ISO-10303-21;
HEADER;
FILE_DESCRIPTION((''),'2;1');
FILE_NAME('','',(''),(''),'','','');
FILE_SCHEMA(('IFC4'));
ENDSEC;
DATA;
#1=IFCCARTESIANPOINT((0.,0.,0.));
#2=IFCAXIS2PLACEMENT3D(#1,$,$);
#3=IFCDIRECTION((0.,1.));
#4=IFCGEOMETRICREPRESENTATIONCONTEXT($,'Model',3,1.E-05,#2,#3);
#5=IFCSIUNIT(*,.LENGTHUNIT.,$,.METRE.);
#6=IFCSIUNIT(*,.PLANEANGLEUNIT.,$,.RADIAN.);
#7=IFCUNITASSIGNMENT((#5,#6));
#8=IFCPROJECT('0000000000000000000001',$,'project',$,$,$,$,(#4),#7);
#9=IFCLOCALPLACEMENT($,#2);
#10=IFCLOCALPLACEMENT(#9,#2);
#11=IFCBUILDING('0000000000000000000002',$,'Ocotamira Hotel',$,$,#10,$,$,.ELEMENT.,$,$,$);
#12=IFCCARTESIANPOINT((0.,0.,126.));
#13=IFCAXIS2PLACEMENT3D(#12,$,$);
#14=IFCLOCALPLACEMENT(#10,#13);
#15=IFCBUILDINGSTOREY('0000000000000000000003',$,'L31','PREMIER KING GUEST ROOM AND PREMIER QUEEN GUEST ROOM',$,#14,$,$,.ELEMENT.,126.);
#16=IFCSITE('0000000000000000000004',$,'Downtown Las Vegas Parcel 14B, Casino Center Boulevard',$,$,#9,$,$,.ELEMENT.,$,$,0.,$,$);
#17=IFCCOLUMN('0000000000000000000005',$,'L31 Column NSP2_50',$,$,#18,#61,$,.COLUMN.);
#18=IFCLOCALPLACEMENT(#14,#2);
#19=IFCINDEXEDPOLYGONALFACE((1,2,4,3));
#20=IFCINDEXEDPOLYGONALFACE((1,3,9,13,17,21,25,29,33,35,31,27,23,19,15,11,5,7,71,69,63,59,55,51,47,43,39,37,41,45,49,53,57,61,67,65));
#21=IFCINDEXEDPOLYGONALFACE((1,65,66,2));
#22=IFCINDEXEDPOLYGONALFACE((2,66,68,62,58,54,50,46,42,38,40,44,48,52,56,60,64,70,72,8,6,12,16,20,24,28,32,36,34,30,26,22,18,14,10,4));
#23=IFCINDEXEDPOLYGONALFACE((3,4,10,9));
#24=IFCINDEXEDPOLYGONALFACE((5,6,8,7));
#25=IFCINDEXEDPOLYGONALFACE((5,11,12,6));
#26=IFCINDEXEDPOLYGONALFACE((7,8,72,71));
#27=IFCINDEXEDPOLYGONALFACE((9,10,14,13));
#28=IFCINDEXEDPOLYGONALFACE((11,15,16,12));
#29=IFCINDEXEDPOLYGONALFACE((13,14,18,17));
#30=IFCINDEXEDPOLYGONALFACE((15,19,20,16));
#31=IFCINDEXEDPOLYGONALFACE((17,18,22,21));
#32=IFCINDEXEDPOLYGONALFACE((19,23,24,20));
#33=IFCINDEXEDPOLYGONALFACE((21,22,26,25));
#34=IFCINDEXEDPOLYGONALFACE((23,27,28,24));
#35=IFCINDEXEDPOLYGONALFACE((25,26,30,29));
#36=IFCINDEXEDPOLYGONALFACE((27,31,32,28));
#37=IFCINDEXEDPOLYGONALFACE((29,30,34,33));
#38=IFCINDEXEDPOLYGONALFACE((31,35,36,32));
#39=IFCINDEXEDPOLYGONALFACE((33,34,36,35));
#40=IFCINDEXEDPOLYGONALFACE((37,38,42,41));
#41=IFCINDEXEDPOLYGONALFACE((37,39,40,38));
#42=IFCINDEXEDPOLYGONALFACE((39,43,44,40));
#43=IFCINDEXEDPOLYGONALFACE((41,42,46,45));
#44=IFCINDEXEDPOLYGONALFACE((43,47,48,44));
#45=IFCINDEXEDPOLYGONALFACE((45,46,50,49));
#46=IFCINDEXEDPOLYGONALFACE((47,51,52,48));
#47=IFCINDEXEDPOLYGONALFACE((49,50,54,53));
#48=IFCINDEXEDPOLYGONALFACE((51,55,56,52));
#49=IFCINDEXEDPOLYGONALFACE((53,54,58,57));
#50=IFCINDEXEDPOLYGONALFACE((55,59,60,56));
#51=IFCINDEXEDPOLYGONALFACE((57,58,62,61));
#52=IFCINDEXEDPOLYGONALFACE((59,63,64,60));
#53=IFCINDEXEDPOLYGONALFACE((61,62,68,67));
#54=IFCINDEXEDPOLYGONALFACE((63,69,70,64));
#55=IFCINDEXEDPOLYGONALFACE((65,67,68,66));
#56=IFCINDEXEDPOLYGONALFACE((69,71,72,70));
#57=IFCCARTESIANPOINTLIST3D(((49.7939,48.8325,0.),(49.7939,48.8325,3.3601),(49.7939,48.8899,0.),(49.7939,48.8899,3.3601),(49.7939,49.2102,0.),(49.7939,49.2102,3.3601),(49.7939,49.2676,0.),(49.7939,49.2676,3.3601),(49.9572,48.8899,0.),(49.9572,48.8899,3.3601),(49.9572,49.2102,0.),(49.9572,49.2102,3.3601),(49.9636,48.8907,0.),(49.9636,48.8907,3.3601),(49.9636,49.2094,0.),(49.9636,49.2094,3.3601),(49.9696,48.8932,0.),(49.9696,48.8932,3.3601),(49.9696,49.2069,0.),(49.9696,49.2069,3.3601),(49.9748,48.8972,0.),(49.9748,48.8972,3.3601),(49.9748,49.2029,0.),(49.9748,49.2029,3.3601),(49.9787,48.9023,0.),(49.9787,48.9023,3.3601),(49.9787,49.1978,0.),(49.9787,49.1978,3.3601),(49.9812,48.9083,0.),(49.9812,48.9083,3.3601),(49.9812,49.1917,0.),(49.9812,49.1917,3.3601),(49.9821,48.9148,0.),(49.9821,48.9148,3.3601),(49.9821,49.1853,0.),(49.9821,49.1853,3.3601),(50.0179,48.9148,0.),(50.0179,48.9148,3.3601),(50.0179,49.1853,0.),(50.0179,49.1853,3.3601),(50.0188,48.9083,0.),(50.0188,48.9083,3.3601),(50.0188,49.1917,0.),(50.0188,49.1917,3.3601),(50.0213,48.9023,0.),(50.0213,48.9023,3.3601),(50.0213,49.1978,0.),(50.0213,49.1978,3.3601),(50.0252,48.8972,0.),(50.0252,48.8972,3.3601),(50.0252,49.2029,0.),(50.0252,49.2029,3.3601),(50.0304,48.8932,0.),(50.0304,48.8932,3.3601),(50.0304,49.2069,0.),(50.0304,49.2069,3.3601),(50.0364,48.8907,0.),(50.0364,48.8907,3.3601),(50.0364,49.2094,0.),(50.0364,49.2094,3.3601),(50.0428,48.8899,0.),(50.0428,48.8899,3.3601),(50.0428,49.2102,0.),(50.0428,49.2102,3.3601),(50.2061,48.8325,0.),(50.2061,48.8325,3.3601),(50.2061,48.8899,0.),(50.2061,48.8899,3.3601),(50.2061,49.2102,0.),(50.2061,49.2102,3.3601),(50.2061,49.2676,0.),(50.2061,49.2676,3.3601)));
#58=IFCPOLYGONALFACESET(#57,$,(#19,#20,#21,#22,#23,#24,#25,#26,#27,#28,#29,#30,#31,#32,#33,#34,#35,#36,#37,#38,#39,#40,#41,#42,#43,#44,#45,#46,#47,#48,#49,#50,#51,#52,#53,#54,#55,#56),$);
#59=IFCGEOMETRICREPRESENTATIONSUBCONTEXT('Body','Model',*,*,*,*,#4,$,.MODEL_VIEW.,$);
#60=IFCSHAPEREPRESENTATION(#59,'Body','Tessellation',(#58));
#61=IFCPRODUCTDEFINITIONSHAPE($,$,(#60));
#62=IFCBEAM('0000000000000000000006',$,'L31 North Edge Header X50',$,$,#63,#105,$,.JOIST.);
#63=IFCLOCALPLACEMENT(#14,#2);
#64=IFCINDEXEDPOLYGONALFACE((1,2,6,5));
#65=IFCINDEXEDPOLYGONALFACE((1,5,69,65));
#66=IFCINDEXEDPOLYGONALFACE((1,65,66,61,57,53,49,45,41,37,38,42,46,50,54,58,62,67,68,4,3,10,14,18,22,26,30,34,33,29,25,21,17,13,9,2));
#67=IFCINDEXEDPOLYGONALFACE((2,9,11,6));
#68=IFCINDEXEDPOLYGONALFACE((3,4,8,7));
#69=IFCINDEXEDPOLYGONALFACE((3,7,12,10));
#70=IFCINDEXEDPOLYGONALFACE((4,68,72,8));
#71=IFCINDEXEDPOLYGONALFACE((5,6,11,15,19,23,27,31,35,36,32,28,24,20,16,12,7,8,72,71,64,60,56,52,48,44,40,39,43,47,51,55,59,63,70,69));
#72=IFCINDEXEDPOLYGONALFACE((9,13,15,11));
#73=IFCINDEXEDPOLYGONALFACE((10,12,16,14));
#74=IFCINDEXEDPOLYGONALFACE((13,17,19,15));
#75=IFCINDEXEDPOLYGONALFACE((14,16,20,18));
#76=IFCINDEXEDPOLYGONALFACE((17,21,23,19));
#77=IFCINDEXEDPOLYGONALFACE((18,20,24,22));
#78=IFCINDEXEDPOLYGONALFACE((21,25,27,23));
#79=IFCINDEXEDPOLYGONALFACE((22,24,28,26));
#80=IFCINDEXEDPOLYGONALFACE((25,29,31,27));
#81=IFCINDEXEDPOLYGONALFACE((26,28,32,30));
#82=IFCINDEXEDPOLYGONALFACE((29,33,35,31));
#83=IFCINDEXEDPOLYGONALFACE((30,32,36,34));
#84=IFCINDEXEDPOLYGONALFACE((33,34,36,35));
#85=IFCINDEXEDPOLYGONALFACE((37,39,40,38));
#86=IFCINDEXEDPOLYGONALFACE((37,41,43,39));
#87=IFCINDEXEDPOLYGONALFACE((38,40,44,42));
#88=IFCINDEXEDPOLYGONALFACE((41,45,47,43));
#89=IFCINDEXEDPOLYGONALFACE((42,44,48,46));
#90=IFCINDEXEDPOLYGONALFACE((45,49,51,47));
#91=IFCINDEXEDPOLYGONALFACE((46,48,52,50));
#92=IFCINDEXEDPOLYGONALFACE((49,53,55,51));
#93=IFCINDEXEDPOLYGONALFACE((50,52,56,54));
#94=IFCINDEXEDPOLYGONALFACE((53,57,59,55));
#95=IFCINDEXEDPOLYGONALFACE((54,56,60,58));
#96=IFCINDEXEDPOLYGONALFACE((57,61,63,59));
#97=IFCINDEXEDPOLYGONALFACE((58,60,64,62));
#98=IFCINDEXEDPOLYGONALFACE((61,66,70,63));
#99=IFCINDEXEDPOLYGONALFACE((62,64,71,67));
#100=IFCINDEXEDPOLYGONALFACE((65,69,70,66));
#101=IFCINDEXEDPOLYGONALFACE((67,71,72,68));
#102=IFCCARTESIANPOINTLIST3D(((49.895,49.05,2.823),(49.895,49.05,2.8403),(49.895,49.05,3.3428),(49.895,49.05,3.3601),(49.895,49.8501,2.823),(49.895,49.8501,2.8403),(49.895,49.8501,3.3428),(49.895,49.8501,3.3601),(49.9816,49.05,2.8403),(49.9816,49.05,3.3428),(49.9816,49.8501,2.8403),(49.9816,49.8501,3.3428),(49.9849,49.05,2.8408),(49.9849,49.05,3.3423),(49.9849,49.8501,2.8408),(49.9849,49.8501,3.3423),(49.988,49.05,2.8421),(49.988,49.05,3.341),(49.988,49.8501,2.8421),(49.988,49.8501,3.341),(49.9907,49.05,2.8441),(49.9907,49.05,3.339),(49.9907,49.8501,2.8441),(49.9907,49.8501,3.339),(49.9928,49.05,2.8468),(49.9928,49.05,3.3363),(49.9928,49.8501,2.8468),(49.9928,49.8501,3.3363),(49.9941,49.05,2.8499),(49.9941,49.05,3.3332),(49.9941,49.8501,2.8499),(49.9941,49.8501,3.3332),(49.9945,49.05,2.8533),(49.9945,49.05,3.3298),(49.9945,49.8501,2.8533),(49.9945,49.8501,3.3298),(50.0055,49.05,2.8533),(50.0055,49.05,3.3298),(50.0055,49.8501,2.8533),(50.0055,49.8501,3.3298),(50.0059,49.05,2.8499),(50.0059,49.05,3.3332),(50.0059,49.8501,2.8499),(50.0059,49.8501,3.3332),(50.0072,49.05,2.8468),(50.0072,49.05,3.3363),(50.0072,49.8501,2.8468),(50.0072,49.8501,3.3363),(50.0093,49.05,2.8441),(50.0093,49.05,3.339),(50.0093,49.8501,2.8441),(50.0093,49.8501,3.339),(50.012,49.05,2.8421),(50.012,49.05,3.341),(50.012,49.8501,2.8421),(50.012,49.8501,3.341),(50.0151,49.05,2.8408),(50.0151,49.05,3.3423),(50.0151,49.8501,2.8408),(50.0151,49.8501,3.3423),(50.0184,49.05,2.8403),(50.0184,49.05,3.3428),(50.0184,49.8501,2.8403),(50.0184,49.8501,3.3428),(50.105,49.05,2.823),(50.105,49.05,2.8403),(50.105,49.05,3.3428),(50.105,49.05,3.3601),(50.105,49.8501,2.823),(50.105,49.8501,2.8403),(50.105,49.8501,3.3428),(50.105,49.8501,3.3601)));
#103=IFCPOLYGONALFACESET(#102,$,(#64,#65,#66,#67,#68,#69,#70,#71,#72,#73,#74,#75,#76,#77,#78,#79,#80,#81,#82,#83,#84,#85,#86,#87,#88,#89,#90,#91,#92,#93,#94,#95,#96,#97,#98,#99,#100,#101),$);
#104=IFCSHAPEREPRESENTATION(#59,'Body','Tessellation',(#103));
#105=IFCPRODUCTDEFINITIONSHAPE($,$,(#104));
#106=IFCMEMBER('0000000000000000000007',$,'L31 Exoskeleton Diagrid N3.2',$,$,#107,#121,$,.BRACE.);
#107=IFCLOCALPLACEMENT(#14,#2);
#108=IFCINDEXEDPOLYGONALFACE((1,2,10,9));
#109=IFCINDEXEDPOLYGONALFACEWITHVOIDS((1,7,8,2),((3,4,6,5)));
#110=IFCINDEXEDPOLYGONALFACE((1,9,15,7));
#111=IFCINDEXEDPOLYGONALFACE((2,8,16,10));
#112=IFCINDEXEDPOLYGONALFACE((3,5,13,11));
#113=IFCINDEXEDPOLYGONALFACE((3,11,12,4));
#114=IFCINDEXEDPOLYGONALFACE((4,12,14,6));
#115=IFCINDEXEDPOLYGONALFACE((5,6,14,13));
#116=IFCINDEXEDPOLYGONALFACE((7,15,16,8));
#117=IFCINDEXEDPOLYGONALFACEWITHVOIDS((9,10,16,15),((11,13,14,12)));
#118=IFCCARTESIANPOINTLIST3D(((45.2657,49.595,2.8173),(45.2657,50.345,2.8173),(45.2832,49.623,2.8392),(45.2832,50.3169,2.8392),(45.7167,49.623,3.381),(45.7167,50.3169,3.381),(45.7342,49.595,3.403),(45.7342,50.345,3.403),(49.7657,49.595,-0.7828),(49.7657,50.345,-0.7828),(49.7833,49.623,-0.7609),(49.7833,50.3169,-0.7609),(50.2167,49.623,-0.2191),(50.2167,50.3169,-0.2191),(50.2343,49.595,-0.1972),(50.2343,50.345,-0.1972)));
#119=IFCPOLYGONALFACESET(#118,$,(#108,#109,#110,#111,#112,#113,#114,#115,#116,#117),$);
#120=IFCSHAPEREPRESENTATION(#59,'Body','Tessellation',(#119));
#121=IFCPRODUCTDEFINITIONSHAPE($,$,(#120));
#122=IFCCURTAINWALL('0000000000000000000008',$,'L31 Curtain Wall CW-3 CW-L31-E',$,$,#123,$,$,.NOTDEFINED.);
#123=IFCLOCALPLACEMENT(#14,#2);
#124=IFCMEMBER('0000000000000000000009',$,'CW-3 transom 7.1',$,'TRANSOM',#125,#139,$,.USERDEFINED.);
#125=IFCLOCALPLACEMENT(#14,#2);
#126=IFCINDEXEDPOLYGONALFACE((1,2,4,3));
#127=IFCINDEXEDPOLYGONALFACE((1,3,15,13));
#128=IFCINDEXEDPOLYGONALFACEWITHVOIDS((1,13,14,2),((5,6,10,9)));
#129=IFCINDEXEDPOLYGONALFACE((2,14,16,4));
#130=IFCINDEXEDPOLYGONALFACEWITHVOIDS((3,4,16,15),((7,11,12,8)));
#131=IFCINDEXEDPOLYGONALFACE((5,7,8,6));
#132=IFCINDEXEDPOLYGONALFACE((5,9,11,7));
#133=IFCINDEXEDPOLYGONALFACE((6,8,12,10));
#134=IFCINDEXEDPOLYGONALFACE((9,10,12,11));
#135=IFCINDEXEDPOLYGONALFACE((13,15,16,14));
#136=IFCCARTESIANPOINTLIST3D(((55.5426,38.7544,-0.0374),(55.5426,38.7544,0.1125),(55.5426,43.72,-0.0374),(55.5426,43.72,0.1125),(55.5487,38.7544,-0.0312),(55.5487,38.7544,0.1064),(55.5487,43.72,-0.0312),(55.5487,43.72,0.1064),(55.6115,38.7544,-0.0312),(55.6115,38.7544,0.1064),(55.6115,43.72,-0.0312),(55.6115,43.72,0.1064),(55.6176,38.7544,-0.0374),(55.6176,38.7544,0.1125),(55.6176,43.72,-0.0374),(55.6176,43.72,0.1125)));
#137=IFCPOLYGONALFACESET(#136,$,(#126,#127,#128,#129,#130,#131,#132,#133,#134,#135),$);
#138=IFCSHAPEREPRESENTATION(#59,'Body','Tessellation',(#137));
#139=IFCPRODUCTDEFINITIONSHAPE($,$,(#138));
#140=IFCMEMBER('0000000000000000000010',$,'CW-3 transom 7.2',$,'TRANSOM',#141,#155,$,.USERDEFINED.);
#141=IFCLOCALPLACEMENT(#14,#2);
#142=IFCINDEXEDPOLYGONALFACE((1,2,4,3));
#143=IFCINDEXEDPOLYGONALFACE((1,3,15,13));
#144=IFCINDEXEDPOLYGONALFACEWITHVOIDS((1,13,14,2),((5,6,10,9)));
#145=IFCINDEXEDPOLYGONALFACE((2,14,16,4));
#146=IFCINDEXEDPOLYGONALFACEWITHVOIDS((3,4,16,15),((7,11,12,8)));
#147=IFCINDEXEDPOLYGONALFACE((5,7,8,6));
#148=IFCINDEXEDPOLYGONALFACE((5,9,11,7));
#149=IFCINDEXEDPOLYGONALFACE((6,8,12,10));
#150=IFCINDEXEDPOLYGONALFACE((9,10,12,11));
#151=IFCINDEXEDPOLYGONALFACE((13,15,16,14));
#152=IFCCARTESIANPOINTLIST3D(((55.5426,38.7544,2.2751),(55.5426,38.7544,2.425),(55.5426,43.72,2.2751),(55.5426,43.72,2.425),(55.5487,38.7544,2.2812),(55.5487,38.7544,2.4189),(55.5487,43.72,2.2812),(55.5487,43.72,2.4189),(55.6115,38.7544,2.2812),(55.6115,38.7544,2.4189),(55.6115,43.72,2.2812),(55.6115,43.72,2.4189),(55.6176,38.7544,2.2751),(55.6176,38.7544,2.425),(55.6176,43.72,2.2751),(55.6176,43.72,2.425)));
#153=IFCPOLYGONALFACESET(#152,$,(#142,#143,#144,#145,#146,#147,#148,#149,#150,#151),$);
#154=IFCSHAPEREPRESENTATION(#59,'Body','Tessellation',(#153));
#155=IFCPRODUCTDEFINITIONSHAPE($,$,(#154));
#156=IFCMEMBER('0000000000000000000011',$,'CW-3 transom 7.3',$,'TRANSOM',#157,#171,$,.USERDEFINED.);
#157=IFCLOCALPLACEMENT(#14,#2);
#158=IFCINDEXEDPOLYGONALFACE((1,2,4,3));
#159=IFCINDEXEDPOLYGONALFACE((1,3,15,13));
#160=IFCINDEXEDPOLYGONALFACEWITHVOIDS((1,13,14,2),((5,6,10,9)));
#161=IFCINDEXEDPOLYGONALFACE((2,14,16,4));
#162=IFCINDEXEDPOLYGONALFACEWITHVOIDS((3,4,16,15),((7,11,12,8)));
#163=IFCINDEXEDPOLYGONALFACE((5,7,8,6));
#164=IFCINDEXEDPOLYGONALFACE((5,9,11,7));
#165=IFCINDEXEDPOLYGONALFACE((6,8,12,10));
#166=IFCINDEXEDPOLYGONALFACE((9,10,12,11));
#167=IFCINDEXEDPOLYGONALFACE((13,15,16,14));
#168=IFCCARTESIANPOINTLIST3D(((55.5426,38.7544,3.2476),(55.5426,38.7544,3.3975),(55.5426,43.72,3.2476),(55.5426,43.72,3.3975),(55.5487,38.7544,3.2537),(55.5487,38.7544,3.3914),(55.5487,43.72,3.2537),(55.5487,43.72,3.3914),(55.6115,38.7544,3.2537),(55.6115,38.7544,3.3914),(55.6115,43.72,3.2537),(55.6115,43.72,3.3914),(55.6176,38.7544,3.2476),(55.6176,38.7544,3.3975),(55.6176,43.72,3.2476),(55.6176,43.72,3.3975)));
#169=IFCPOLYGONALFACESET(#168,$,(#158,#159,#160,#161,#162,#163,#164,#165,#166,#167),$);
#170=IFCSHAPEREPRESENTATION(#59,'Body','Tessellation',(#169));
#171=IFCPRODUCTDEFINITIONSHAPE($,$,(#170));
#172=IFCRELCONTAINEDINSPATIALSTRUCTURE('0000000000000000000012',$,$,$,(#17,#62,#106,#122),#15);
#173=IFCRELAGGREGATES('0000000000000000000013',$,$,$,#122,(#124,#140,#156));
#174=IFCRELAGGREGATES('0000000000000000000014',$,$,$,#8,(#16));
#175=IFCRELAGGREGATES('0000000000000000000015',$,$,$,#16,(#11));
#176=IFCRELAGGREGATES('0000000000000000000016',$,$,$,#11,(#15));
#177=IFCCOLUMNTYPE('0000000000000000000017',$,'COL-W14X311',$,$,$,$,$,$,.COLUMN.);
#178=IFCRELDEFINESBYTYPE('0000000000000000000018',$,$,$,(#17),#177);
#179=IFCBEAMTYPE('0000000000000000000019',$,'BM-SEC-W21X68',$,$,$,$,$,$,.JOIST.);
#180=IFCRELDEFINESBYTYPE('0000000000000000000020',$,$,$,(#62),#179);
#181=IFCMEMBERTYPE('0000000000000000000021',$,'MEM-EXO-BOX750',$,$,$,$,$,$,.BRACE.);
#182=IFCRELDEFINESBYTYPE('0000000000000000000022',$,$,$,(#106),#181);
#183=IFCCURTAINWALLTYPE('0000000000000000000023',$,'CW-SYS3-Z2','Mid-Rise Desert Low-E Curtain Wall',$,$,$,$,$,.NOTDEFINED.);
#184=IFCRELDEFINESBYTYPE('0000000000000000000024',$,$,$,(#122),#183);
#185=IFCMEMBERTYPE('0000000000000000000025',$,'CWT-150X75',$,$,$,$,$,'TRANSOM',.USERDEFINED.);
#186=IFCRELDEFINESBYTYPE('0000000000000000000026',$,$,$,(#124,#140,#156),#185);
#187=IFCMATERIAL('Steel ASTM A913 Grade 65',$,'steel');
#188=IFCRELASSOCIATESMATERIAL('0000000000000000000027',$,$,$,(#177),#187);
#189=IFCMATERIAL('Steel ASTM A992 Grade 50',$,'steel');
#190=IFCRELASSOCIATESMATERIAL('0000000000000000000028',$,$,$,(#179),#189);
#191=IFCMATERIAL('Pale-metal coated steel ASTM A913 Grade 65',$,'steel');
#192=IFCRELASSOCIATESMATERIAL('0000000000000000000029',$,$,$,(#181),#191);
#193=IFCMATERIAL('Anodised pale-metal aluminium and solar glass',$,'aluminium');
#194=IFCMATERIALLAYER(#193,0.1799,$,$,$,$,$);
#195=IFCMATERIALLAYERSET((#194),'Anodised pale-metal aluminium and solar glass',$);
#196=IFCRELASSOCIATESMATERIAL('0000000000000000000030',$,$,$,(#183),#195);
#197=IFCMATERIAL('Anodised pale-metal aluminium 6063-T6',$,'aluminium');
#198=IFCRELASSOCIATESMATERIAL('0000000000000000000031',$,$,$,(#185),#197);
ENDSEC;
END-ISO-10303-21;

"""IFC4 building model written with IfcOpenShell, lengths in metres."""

from ifc_helpers import new_model, si_unit, direction, frame, origin, origin_2d, place, context, subcontext, project, spatial, hollow_rectangle, i_section, extrude, source, transform, mapped, material, layer, layer_set, material_profile, profile_set, type_object, element, aggregate, save


model = new_model("IFC4")

# Units and contexts
model_context = context("Model", 3, precision=1e-05, world=origin(), true_north=direction((0.0, 1.0)))
body_context = subcontext(model_context, "Body", "Model", "MODEL_VIEW")
ifc_project = project(units=[si_unit("LENGTHUNIT", "METRE"), si_unit("PLANEANGLEUNIT", "RADIAN")], contexts=[model_context])

# Site, building, storey
site_placement = place(None, origin())
site = spatial("IfcSite", under=ifc_project, at=site_placement, Name="Downtown Las Vegas Parcel 14B, Casino Center Boulevard", CompositionType="ELEMENT", RefElevation=0.0)
building_placement = place(site_placement, origin())
building = spatial("IfcBuilding", under=site, at=building_placement, Name="Ocotamira Hotel", CompositionType="ELEMENT")
storey_placement = place(building_placement, frame((0.0, 0.0, 126.0)))
storey = spatial("IfcBuildingStorey", under=building, at=storey_placement, Name="L31", Description="PREMIER KING GUEST ROOM AND PREMIER QUEEN GUEST ROOM", CompositionType="ELEMENT", Elevation=126.0)

# Column
ifc_material_1 = material(Name="Steel ASTM A913 Grade 65", Category="steel")
ifc_material_profile_1 = material_profile(ifc_material_1, i_section(OverallWidth=0.4121, OverallDepth=0.4351, WebThickness=0.0359, FlangeThickness=0.0574, FilletRadius=0.0249, at=origin_2d()), Name="W14X311")
ifc_profile_set_1 = profile_set([ifc_material_profile_1], Name="Steel ASTM A913 Grade 65")
column_type = type_object("IfcColumnType", Name="COL-W14X311", PredefinedType="COLUMN", material=ifc_profile_set_1)
shared_shape_1 = source(origin(), body_context, "Body", "SweptSolid", [
    extrude(i_section(OverallWidth=0.4121, OverallDepth=0.4351, WebThickness=0.0359, FlangeThickness=0.0574, FilletRadius=0.0249, at=origin_2d()), origin(), (0.0, 0.0, 1.0), 3.3601),
])
column_placement = place(storey_placement, frame((50.0, 49.05, 0.0), z_axis=(0.0, 0.0, 1.0), x_axis=(1.0, 0.0, 0.0)))
element("IfcColumn", 1, at=column_placement, inside=storey, type_object=column_type, Name="L31 Column NSP2_50", PredefinedType="COLUMN", context=body_context, shape_type="MappedRepresentation", body=[
    mapped(shared_shape_1, transform((0.0, 0.0, 0.0), scale=1.0)),
])

# Beam
ifc_material_2 = material(Name="Steel ASTM A992 Grade 50", Category="steel")
ifc_material_profile_2 = material_profile(ifc_material_2, i_section(OverallWidth=0.21, OverallDepth=0.5371, WebThickness=0.011, FlangeThickness=0.0173, FilletRadius=0.0129, at=origin_2d()), Name="W21X68")
ifc_profile_set_2 = profile_set([ifc_material_profile_2], Name="Steel ASTM A992 Grade 50")
beam_type = type_object("IfcBeamType", Name="BM-SEC-W21X68", PredefinedType="JOIST", material=ifc_profile_set_2)
shared_shape_2 = source(origin(), body_context, "Body", "SweptSolid", [
    extrude(i_section(OverallWidth=0.21, OverallDepth=0.5371, WebThickness=0.011, FlangeThickness=0.0173, FilletRadius=0.0129, at=origin_2d()), origin(), (0.0, 0.0, 1.0), 0.8),
])
beam_placement = place(storey_placement, frame((50.0, 49.05, 3.0916), z_axis=(0.0, 1.0, 0.0), x_axis=(-1.0, 0.0, 0.0)))
element("IfcBeam", 2, at=beam_placement, inside=storey, type_object=beam_type, Name="L31 North Edge Header X50", PredefinedType="JOIST", context=body_context, shape_type="MappedRepresentation", body=[
    mapped(shared_shape_2, transform((0.0, 0.0, 0.0), scale=1.0)),
])

# Member
ifc_material_3 = material(Name="Pale-metal coated steel ASTM A913 Grade 65", Category="steel")
ifc_material_profile_3 = material_profile(ifc_material_3, hollow_rectangle(XDim=0.75, YDim=0.75, WallThickness=0.0281, at=origin_2d()), Name="BOX750X750X28")
ifc_profile_set_3 = profile_set([ifc_material_profile_3], Name="Pale-metal coated steel ASTM A913 Grade 65")
member_type_1 = type_object("IfcMemberType", Name="MEM-EXO-BOX750", PredefinedType="BRACE", material=ifc_profile_set_3)
shared_shape_3 = source(origin(), body_context, "Body", "SweptSolid", [
    extrude(hollow_rectangle(XDim=0.75, YDim=0.75, WallThickness=0.0281, at=origin_2d()), origin(), (0.0, 0.0, 1.0), 5.7629),
])
member_1_placement = place(storey_placement, frame((50.0, 49.97, -0.49), z_axis=(-0.780861, 0.0, 0.624705), x_axis=(0.0, -1.0, 0.0)))
element("IfcMember", 3, at=member_1_placement, inside=storey, type_object=member_type_1, Name="L31 Exoskeleton Diagrid N3.2", PredefinedType="BRACE", context=body_context, shape_type="MappedRepresentation", body=[
    mapped(shared_shape_3, transform((0.0, 0.0, 0.0), scale=1.0)),
])

# Curtain wall, members
ifc_material_4 = material(Name="Anodised pale-metal aluminium and solar glass", Category="aluminium")
ifc_layer_1 = layer(ifc_material_4, 0.1799)
ifc_layer_set_1 = layer_set([ifc_layer_1], Name="Anodised pale-metal aluminium and solar glass")
curtain_wall_type = type_object("IfcCurtainWallType", Name="CW-SYS3-Z2", Description="Mid-Rise Desert Low-E Curtain Wall", PredefinedType="NOTDEFINED", material=ifc_layer_set_1)
curtain_wall_placement = place(storey_placement, origin())
curtain_wall = element("IfcCurtainWall", 4, at=curtain_wall_placement, inside=storey, type_object=curtain_wall_type, Name="L31 Curtain Wall CW-3 CW-L31-E", PredefinedType="NOTDEFINED")
ifc_material_5 = material(Name="Anodised pale-metal aluminium 6063-T6", Category="aluminium")
ifc_material_profile_4 = material_profile(ifc_material_5, hollow_rectangle(XDim=0.075, YDim=0.1499, WallThickness=0.0061, at=origin_2d()), Name="HSS150X75X6")
ifc_profile_set_4 = profile_set([ifc_material_profile_4], Name="Anodised pale-metal aluminium 6063-T6")
member_type_2 = type_object("IfcMemberType", Name="CWT-150X75", ElementType="TRANSOM", PredefinedType="USERDEFINED", material=ifc_profile_set_4)
shared_shape_4 = source(origin(), body_context, "Body", "SweptSolid", [
    extrude(hollow_rectangle(XDim=0.075, YDim=0.1499, WallThickness=0.0061, at=origin_2d()), origin(), (0.0, 0.0, 1.0), 4.9656),
])
member_2_placement = place(storey_placement, frame((55.5801, 38.7544, 0.0376), z_axis=(0.0, 1.0, 0.0), x_axis=(-1.0, 0.0, 0.0)))
member_2 = element("IfcMember", 5, at=member_2_placement, type_object=member_type_2, Name="CW-3 transom 7.1", ObjectType="TRANSOM", PredefinedType="USERDEFINED", context=body_context, shape_type="MappedRepresentation", body=[
    mapped(shared_shape_4, transform((0.0, 0.0, 0.0), scale=1.0)),
])
member_3_placement = place(storey_placement, frame((55.5801, 38.7544, 2.3501), z_axis=(0.0, 1.0, 0.0), x_axis=(-1.0, 0.0, 0.0)))
member_3 = element("IfcMember", 6, at=member_3_placement, type_object=member_type_2, Name="CW-3 transom 7.2", ObjectType="TRANSOM", PredefinedType="USERDEFINED", context=body_context, shape_type="MappedRepresentation", body=[
    mapped(shared_shape_4, transform((0.0, 0.0, 0.0), scale=1.0)),
])
member_4_placement = place(storey_placement, frame((55.5801, 38.7544, 3.3225), z_axis=(0.0, 1.0, 0.0), x_axis=(-1.0, 0.0, 0.0)))
member_4 = element("IfcMember", 7, at=member_4_placement, type_object=member_type_2, Name="CW-3 transom 7.3", ObjectType="TRANSOM", PredefinedType="USERDEFINED", context=body_context, shape_type="MappedRepresentation", body=[
    mapped(shared_shape_4, transform((0.0, 0.0, 0.0), scale=1.0)),
])
aggregate(curtain_wall, [member_2, member_3, member_4])

save(model, "model.ifc")
